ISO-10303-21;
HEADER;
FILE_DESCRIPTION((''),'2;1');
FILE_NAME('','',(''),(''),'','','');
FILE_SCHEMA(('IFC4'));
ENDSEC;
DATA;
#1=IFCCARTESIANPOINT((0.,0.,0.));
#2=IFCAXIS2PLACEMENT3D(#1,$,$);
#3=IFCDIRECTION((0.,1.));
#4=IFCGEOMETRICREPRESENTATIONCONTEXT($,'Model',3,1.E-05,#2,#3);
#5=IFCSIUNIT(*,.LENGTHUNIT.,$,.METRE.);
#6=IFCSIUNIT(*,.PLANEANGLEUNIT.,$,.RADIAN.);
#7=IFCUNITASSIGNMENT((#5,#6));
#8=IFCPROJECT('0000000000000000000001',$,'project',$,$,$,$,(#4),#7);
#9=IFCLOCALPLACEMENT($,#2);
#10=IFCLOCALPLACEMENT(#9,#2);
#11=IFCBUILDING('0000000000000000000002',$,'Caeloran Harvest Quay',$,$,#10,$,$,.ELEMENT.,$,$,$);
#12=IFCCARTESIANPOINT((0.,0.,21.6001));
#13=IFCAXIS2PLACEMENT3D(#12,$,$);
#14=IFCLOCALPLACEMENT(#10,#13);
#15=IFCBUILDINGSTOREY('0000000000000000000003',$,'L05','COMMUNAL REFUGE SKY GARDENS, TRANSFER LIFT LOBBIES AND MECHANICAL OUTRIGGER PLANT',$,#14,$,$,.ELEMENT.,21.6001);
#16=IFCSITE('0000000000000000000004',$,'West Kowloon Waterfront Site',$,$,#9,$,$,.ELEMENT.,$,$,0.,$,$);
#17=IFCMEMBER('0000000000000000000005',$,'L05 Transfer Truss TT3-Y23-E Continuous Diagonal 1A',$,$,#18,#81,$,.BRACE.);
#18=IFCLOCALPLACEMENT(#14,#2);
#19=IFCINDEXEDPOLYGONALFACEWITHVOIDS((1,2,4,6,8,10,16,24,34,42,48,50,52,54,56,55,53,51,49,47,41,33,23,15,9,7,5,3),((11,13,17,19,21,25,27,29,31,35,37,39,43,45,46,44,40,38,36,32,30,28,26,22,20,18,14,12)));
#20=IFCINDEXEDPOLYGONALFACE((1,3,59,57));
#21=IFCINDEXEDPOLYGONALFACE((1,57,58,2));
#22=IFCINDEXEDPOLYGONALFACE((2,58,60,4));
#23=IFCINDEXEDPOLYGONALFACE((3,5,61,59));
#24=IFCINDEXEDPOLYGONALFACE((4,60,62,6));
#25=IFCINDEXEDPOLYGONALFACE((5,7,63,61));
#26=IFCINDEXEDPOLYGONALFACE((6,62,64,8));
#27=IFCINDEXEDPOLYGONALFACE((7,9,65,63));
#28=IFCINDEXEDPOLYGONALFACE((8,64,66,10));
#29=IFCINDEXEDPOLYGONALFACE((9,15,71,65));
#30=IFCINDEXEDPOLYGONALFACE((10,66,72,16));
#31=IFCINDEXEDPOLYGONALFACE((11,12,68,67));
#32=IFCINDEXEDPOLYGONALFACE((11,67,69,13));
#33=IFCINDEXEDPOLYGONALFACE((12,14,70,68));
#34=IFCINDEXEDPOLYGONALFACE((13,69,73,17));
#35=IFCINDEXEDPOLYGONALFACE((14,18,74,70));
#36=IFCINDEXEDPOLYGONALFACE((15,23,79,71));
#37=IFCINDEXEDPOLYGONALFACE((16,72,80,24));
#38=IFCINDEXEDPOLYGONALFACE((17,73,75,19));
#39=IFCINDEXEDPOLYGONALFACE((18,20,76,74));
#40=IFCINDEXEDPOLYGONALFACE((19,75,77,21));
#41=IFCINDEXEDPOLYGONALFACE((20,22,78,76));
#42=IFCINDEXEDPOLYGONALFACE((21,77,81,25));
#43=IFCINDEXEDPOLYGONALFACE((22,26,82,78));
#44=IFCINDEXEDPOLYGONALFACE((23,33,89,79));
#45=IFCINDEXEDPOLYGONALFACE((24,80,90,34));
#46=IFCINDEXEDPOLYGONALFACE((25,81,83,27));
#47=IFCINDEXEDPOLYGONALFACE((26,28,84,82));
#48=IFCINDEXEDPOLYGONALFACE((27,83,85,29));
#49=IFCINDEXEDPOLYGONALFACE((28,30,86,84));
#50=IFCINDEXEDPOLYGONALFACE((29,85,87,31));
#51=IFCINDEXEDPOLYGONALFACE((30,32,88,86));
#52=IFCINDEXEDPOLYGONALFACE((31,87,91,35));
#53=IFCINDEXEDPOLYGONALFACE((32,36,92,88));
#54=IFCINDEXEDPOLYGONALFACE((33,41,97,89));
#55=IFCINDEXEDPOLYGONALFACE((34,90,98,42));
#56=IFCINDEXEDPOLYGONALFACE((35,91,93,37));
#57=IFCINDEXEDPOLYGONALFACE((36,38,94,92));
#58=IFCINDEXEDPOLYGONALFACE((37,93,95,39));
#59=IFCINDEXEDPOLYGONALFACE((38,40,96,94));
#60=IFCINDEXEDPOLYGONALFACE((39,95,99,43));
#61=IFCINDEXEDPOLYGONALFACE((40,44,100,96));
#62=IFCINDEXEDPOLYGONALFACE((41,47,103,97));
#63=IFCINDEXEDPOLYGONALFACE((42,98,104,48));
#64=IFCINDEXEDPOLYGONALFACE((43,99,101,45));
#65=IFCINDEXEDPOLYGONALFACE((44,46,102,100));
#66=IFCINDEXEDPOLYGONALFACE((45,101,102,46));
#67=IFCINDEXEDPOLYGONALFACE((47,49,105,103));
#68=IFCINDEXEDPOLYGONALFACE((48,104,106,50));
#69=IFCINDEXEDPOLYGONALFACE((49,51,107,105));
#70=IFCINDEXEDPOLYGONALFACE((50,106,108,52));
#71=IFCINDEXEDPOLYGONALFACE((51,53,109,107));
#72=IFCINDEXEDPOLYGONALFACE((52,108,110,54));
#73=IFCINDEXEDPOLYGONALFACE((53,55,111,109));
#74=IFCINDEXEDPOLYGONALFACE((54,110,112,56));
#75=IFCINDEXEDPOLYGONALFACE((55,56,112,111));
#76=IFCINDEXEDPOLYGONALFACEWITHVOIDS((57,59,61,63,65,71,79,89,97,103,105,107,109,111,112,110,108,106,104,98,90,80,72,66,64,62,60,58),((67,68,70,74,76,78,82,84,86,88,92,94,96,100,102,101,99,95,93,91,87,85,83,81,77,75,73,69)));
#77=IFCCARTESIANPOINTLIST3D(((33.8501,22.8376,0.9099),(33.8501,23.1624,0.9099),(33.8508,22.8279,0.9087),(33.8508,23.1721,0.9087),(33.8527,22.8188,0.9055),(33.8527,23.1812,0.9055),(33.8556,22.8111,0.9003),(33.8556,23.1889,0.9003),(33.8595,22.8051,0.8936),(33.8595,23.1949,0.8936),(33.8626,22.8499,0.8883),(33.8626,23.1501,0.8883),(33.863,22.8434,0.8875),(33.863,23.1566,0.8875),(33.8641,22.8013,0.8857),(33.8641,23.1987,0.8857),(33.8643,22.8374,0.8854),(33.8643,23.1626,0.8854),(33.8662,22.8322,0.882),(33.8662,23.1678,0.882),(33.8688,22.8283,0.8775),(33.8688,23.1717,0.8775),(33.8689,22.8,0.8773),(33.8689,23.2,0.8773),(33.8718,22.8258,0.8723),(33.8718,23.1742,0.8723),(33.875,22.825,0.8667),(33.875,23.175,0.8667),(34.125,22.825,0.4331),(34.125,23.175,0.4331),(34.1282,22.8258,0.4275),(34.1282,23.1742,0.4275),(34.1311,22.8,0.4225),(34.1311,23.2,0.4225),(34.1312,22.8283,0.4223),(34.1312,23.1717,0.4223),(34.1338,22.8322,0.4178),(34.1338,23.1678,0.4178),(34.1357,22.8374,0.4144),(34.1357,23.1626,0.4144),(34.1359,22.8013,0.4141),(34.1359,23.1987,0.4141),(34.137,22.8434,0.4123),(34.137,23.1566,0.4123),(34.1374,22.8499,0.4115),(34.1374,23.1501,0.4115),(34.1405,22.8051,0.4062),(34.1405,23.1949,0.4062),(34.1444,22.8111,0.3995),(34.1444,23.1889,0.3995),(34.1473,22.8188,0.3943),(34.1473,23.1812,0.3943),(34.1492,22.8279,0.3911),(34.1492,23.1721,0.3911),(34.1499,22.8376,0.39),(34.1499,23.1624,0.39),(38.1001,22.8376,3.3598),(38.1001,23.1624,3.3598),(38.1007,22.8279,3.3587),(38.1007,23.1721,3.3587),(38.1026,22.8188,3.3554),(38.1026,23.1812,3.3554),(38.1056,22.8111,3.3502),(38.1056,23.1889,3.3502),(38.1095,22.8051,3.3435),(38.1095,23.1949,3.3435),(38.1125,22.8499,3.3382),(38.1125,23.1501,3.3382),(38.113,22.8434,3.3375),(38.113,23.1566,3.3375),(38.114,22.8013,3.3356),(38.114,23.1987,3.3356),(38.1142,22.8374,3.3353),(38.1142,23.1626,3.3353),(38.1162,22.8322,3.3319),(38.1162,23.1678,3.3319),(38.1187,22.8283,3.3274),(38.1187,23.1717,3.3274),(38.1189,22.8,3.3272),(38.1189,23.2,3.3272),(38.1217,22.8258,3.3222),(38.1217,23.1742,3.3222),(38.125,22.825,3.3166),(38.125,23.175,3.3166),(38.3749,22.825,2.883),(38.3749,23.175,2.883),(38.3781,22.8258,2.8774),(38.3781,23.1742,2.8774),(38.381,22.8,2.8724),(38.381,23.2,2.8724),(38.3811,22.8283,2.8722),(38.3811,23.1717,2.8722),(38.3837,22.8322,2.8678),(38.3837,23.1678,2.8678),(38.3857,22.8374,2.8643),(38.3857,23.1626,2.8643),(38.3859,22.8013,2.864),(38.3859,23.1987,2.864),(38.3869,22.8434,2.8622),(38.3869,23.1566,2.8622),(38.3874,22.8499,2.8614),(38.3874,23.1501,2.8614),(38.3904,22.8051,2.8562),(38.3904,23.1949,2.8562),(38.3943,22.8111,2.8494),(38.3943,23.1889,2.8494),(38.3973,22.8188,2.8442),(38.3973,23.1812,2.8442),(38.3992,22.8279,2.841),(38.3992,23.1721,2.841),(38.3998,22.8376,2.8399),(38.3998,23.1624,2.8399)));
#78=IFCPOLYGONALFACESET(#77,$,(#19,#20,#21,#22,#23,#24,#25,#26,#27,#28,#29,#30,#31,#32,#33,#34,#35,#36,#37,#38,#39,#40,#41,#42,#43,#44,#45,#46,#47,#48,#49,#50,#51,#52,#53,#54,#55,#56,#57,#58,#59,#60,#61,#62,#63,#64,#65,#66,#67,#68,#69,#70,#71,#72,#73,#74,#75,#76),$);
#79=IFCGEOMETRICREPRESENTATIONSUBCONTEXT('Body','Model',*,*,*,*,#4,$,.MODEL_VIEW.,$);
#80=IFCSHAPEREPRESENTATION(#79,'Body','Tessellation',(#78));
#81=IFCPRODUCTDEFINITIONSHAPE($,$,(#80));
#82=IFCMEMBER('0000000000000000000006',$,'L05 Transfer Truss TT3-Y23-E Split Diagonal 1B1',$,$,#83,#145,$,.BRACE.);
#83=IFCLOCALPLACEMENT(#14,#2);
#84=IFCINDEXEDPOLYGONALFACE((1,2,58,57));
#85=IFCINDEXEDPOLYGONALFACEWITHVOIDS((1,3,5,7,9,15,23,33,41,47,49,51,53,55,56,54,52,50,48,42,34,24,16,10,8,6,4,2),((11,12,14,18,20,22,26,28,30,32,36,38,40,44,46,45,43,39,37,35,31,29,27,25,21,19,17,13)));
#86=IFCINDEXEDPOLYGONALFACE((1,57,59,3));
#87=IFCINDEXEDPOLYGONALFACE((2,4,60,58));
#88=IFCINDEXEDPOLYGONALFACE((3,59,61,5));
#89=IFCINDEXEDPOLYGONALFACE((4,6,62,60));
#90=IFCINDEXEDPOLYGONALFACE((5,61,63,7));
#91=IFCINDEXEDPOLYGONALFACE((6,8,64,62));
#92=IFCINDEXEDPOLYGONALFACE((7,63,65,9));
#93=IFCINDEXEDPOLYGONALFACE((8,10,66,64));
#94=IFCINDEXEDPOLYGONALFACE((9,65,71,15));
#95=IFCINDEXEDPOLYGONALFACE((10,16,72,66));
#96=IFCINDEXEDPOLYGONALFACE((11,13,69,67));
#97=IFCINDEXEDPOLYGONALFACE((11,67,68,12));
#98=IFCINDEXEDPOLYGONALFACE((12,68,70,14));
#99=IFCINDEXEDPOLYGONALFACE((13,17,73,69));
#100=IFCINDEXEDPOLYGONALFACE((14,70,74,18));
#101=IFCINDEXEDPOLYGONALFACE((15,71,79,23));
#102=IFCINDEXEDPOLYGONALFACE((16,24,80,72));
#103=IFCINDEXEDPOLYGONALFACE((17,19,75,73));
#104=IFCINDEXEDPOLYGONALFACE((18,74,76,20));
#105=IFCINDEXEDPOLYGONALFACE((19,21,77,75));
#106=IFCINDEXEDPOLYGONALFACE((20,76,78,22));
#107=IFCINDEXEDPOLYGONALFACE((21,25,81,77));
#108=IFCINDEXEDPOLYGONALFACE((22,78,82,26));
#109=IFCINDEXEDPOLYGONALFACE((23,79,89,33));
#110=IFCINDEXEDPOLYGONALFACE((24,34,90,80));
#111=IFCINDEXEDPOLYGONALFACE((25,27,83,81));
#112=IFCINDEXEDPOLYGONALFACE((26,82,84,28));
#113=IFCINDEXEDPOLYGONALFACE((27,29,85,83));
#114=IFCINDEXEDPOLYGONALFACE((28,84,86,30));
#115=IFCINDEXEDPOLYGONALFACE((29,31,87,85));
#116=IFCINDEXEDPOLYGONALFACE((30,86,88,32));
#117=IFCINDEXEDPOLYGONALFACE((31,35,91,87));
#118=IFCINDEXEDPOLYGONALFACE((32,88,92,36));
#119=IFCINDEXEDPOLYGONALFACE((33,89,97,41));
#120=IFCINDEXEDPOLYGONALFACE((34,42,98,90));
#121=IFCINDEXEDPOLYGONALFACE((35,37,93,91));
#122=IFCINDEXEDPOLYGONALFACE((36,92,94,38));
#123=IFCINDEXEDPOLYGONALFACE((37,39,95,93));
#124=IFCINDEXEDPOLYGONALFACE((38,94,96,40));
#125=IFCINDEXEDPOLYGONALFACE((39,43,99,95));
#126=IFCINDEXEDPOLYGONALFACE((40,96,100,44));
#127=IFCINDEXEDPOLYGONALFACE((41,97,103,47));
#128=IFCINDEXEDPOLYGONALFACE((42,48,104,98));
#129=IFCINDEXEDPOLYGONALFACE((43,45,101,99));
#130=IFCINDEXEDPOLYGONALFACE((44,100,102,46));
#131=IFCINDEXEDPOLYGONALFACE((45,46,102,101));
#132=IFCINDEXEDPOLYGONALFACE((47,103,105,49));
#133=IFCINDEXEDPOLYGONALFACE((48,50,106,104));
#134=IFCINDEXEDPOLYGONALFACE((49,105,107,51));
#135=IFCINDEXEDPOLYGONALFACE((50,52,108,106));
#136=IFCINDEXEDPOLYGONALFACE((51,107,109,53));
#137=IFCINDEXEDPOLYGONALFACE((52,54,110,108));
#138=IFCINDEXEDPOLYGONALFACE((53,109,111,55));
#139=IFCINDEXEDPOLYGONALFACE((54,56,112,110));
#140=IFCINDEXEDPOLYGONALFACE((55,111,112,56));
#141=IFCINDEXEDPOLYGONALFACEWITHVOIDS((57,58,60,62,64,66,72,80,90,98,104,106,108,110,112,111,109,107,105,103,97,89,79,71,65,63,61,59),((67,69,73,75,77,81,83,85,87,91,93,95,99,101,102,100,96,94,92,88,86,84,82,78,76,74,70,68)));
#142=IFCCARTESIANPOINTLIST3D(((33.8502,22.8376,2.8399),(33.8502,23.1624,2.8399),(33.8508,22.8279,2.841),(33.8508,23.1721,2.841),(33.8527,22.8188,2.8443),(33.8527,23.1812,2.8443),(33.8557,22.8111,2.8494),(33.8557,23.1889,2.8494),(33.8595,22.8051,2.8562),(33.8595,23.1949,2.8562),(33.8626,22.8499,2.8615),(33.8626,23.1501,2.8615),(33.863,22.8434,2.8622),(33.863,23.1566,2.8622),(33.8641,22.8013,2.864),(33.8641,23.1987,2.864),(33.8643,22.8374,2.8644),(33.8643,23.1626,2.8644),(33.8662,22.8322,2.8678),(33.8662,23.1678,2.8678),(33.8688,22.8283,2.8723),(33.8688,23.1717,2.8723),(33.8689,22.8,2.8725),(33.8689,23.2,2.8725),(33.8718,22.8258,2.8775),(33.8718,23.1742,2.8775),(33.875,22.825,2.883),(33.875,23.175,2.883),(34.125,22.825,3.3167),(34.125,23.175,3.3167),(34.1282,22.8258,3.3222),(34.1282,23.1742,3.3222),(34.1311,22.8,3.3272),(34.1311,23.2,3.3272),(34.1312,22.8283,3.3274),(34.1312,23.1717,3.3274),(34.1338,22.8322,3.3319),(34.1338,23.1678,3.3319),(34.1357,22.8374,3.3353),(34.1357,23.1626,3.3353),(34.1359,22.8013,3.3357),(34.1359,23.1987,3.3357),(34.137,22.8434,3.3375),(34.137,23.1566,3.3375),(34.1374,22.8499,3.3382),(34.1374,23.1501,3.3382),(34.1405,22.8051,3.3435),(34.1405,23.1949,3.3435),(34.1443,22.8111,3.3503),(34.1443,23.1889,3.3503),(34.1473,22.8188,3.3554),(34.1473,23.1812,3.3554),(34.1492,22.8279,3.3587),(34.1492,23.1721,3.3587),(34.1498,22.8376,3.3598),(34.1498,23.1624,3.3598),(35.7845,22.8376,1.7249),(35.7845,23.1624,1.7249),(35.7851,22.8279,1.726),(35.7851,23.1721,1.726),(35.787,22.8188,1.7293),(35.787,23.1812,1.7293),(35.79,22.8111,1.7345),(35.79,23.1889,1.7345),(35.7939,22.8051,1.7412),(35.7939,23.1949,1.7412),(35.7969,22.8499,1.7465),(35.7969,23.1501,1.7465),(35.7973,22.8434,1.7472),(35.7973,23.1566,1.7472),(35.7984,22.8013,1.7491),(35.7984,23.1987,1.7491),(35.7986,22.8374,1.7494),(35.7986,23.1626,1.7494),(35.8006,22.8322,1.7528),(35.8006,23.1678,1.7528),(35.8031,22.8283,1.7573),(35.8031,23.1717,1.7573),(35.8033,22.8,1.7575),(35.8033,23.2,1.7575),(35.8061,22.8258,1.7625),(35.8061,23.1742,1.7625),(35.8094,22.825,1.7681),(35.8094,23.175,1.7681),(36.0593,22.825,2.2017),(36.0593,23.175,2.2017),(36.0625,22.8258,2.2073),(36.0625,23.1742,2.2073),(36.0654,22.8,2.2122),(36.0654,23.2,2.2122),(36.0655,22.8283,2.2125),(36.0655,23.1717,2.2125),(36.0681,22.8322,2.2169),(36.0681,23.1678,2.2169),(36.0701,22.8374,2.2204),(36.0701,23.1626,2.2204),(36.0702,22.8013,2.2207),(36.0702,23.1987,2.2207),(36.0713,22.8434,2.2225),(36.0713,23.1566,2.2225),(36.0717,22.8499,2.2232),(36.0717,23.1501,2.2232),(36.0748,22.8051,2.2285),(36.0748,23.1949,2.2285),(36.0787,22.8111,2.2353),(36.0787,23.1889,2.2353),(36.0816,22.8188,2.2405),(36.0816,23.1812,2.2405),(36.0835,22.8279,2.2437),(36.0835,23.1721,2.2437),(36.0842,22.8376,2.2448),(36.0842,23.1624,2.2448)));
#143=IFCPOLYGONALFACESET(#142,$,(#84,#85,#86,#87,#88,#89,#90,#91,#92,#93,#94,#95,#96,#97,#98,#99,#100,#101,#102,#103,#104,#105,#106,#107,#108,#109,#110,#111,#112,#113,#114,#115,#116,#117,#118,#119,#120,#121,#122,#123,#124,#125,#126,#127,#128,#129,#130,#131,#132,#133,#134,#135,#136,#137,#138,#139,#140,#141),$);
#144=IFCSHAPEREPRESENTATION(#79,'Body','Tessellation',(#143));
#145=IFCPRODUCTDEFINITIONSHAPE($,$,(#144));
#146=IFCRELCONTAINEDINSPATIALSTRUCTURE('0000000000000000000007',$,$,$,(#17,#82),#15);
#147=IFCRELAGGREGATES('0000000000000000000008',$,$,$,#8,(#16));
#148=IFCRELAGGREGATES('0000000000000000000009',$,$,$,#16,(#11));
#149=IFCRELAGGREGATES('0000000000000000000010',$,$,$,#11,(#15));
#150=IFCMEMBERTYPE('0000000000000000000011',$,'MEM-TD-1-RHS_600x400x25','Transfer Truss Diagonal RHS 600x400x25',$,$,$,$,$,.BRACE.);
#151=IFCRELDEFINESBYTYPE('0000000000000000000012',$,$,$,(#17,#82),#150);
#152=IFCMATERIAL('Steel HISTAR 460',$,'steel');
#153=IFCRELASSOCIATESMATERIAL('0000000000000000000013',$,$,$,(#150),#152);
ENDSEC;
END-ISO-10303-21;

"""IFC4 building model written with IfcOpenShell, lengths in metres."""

from ifc_helpers import new_model, si_unit, direction, frame, origin, origin_2d, place, context, subcontext, project, spatial, hollow_rectangle, extrude, material, material_profile, profile_set, type_object, element, save


model = new_model("IFC4")

# Units and contexts
model_context = context("Model", 3, precision=1e-05, world=origin(), true_north=direction((0.0, 1.0)))
body_context = subcontext(model_context, "Body", "Model", "MODEL_VIEW")
ifc_project = project(units=[si_unit("LENGTHUNIT", "METRE"), si_unit("PLANEANGLEUNIT", "RADIAN")], contexts=[model_context])

# Site, building, storey
site_placement = place(None, origin())
site = spatial("IfcSite", under=ifc_project, at=site_placement, Name="West Kowloon Waterfront Site", CompositionType="ELEMENT", RefElevation=0.0)
building_placement = place(site_placement, origin())
building = spatial("IfcBuilding", under=site, at=building_placement, Name="Caeloran Harvest Quay", CompositionType="ELEMENT")
storey_placement = place(building_placement, frame((0.0, 0.0, 21.6001)))
storey = spatial("IfcBuildingStorey", under=building, at=storey_placement, Name="L05", Description="COMMUNAL REFUGE SKY GARDENS, TRANSFER LIFT LOBBIES AND MECHANICAL OUTRIGGER PLANT", CompositionType="ELEMENT", Elevation=21.6001)

# Shared definitions
ifc_material_1 = material(Name="Steel HISTAR 460", Category="steel")

# Members
ifc_material_profile_1 = material_profile(ifc_material_1, hollow_rectangle(XDim=0.3999, YDim=0.6001, WallThickness=0.0249, InnerFilletRadius=0.0249, OuterFilletRadius=0.0376, at=origin_2d()), Name="RHS 600x400x25")
ifc_profile_set_1 = profile_set([ifc_material_profile_1], Name="Steel HISTAR 460")
member_type_1 = type_object("IfcMemberType", Name="MEM-TD-1-RHS_600x400x25", Description="Transfer Truss Diagonal RHS 600x400x25", PredefinedType="BRACE", material=ifc_profile_set_1)
member_1_placement = place(storey_placement, frame((34.0, 23.0, 0.6499), z_axis=(0.86636, 0.0, 0.499421), x_axis=(0.0, 1.0, 0.0)))
element("IfcMember", 1, at=member_1_placement, inside=storey, type_object=member_type_1, Name="L05 Transfer Truss TT3-Y23-E Continuous Diagonal 1A", PredefinedType="BRACE", context=body_context, shape_type="SweptSolid", body=[
    extrude(hollow_rectangle(XDim=0.3999, YDim=0.6001, WallThickness=0.0249, InnerFilletRadius=0.0249, OuterFilletRadius=0.0376, at=origin_2d()), origin(), (0.0, 0.0, 1.0), 4.9055),
])
for number, where, z_axis, x_axis, name in (
    (2, (34.0, 23.0, 3.0999), (0.866373, 0.0, -0.499397), (0.0, 1.0, 0.0), "L05 Transfer Truss TT3-Y23-E Split Diagonal 1B1"),
):
    element("IfcMember", number, at=place(storey_placement, frame(where, z_axis=z_axis, x_axis=x_axis)), inside=storey, type_object=member_type_1, Name=name, PredefinedType="BRACE", context=body_context, shape_type="SweptSolid", body=[
        extrude(hollow_rectangle(XDim=0.3999, YDim=0.6001, WallThickness=0.0249, InnerFilletRadius=0.0249, OuterFilletRadius=0.0376, at=origin_2d()), origin(), (0.0, 0.0, 1.0), 2.2327),
    ])

save(model, "model.ifc")
